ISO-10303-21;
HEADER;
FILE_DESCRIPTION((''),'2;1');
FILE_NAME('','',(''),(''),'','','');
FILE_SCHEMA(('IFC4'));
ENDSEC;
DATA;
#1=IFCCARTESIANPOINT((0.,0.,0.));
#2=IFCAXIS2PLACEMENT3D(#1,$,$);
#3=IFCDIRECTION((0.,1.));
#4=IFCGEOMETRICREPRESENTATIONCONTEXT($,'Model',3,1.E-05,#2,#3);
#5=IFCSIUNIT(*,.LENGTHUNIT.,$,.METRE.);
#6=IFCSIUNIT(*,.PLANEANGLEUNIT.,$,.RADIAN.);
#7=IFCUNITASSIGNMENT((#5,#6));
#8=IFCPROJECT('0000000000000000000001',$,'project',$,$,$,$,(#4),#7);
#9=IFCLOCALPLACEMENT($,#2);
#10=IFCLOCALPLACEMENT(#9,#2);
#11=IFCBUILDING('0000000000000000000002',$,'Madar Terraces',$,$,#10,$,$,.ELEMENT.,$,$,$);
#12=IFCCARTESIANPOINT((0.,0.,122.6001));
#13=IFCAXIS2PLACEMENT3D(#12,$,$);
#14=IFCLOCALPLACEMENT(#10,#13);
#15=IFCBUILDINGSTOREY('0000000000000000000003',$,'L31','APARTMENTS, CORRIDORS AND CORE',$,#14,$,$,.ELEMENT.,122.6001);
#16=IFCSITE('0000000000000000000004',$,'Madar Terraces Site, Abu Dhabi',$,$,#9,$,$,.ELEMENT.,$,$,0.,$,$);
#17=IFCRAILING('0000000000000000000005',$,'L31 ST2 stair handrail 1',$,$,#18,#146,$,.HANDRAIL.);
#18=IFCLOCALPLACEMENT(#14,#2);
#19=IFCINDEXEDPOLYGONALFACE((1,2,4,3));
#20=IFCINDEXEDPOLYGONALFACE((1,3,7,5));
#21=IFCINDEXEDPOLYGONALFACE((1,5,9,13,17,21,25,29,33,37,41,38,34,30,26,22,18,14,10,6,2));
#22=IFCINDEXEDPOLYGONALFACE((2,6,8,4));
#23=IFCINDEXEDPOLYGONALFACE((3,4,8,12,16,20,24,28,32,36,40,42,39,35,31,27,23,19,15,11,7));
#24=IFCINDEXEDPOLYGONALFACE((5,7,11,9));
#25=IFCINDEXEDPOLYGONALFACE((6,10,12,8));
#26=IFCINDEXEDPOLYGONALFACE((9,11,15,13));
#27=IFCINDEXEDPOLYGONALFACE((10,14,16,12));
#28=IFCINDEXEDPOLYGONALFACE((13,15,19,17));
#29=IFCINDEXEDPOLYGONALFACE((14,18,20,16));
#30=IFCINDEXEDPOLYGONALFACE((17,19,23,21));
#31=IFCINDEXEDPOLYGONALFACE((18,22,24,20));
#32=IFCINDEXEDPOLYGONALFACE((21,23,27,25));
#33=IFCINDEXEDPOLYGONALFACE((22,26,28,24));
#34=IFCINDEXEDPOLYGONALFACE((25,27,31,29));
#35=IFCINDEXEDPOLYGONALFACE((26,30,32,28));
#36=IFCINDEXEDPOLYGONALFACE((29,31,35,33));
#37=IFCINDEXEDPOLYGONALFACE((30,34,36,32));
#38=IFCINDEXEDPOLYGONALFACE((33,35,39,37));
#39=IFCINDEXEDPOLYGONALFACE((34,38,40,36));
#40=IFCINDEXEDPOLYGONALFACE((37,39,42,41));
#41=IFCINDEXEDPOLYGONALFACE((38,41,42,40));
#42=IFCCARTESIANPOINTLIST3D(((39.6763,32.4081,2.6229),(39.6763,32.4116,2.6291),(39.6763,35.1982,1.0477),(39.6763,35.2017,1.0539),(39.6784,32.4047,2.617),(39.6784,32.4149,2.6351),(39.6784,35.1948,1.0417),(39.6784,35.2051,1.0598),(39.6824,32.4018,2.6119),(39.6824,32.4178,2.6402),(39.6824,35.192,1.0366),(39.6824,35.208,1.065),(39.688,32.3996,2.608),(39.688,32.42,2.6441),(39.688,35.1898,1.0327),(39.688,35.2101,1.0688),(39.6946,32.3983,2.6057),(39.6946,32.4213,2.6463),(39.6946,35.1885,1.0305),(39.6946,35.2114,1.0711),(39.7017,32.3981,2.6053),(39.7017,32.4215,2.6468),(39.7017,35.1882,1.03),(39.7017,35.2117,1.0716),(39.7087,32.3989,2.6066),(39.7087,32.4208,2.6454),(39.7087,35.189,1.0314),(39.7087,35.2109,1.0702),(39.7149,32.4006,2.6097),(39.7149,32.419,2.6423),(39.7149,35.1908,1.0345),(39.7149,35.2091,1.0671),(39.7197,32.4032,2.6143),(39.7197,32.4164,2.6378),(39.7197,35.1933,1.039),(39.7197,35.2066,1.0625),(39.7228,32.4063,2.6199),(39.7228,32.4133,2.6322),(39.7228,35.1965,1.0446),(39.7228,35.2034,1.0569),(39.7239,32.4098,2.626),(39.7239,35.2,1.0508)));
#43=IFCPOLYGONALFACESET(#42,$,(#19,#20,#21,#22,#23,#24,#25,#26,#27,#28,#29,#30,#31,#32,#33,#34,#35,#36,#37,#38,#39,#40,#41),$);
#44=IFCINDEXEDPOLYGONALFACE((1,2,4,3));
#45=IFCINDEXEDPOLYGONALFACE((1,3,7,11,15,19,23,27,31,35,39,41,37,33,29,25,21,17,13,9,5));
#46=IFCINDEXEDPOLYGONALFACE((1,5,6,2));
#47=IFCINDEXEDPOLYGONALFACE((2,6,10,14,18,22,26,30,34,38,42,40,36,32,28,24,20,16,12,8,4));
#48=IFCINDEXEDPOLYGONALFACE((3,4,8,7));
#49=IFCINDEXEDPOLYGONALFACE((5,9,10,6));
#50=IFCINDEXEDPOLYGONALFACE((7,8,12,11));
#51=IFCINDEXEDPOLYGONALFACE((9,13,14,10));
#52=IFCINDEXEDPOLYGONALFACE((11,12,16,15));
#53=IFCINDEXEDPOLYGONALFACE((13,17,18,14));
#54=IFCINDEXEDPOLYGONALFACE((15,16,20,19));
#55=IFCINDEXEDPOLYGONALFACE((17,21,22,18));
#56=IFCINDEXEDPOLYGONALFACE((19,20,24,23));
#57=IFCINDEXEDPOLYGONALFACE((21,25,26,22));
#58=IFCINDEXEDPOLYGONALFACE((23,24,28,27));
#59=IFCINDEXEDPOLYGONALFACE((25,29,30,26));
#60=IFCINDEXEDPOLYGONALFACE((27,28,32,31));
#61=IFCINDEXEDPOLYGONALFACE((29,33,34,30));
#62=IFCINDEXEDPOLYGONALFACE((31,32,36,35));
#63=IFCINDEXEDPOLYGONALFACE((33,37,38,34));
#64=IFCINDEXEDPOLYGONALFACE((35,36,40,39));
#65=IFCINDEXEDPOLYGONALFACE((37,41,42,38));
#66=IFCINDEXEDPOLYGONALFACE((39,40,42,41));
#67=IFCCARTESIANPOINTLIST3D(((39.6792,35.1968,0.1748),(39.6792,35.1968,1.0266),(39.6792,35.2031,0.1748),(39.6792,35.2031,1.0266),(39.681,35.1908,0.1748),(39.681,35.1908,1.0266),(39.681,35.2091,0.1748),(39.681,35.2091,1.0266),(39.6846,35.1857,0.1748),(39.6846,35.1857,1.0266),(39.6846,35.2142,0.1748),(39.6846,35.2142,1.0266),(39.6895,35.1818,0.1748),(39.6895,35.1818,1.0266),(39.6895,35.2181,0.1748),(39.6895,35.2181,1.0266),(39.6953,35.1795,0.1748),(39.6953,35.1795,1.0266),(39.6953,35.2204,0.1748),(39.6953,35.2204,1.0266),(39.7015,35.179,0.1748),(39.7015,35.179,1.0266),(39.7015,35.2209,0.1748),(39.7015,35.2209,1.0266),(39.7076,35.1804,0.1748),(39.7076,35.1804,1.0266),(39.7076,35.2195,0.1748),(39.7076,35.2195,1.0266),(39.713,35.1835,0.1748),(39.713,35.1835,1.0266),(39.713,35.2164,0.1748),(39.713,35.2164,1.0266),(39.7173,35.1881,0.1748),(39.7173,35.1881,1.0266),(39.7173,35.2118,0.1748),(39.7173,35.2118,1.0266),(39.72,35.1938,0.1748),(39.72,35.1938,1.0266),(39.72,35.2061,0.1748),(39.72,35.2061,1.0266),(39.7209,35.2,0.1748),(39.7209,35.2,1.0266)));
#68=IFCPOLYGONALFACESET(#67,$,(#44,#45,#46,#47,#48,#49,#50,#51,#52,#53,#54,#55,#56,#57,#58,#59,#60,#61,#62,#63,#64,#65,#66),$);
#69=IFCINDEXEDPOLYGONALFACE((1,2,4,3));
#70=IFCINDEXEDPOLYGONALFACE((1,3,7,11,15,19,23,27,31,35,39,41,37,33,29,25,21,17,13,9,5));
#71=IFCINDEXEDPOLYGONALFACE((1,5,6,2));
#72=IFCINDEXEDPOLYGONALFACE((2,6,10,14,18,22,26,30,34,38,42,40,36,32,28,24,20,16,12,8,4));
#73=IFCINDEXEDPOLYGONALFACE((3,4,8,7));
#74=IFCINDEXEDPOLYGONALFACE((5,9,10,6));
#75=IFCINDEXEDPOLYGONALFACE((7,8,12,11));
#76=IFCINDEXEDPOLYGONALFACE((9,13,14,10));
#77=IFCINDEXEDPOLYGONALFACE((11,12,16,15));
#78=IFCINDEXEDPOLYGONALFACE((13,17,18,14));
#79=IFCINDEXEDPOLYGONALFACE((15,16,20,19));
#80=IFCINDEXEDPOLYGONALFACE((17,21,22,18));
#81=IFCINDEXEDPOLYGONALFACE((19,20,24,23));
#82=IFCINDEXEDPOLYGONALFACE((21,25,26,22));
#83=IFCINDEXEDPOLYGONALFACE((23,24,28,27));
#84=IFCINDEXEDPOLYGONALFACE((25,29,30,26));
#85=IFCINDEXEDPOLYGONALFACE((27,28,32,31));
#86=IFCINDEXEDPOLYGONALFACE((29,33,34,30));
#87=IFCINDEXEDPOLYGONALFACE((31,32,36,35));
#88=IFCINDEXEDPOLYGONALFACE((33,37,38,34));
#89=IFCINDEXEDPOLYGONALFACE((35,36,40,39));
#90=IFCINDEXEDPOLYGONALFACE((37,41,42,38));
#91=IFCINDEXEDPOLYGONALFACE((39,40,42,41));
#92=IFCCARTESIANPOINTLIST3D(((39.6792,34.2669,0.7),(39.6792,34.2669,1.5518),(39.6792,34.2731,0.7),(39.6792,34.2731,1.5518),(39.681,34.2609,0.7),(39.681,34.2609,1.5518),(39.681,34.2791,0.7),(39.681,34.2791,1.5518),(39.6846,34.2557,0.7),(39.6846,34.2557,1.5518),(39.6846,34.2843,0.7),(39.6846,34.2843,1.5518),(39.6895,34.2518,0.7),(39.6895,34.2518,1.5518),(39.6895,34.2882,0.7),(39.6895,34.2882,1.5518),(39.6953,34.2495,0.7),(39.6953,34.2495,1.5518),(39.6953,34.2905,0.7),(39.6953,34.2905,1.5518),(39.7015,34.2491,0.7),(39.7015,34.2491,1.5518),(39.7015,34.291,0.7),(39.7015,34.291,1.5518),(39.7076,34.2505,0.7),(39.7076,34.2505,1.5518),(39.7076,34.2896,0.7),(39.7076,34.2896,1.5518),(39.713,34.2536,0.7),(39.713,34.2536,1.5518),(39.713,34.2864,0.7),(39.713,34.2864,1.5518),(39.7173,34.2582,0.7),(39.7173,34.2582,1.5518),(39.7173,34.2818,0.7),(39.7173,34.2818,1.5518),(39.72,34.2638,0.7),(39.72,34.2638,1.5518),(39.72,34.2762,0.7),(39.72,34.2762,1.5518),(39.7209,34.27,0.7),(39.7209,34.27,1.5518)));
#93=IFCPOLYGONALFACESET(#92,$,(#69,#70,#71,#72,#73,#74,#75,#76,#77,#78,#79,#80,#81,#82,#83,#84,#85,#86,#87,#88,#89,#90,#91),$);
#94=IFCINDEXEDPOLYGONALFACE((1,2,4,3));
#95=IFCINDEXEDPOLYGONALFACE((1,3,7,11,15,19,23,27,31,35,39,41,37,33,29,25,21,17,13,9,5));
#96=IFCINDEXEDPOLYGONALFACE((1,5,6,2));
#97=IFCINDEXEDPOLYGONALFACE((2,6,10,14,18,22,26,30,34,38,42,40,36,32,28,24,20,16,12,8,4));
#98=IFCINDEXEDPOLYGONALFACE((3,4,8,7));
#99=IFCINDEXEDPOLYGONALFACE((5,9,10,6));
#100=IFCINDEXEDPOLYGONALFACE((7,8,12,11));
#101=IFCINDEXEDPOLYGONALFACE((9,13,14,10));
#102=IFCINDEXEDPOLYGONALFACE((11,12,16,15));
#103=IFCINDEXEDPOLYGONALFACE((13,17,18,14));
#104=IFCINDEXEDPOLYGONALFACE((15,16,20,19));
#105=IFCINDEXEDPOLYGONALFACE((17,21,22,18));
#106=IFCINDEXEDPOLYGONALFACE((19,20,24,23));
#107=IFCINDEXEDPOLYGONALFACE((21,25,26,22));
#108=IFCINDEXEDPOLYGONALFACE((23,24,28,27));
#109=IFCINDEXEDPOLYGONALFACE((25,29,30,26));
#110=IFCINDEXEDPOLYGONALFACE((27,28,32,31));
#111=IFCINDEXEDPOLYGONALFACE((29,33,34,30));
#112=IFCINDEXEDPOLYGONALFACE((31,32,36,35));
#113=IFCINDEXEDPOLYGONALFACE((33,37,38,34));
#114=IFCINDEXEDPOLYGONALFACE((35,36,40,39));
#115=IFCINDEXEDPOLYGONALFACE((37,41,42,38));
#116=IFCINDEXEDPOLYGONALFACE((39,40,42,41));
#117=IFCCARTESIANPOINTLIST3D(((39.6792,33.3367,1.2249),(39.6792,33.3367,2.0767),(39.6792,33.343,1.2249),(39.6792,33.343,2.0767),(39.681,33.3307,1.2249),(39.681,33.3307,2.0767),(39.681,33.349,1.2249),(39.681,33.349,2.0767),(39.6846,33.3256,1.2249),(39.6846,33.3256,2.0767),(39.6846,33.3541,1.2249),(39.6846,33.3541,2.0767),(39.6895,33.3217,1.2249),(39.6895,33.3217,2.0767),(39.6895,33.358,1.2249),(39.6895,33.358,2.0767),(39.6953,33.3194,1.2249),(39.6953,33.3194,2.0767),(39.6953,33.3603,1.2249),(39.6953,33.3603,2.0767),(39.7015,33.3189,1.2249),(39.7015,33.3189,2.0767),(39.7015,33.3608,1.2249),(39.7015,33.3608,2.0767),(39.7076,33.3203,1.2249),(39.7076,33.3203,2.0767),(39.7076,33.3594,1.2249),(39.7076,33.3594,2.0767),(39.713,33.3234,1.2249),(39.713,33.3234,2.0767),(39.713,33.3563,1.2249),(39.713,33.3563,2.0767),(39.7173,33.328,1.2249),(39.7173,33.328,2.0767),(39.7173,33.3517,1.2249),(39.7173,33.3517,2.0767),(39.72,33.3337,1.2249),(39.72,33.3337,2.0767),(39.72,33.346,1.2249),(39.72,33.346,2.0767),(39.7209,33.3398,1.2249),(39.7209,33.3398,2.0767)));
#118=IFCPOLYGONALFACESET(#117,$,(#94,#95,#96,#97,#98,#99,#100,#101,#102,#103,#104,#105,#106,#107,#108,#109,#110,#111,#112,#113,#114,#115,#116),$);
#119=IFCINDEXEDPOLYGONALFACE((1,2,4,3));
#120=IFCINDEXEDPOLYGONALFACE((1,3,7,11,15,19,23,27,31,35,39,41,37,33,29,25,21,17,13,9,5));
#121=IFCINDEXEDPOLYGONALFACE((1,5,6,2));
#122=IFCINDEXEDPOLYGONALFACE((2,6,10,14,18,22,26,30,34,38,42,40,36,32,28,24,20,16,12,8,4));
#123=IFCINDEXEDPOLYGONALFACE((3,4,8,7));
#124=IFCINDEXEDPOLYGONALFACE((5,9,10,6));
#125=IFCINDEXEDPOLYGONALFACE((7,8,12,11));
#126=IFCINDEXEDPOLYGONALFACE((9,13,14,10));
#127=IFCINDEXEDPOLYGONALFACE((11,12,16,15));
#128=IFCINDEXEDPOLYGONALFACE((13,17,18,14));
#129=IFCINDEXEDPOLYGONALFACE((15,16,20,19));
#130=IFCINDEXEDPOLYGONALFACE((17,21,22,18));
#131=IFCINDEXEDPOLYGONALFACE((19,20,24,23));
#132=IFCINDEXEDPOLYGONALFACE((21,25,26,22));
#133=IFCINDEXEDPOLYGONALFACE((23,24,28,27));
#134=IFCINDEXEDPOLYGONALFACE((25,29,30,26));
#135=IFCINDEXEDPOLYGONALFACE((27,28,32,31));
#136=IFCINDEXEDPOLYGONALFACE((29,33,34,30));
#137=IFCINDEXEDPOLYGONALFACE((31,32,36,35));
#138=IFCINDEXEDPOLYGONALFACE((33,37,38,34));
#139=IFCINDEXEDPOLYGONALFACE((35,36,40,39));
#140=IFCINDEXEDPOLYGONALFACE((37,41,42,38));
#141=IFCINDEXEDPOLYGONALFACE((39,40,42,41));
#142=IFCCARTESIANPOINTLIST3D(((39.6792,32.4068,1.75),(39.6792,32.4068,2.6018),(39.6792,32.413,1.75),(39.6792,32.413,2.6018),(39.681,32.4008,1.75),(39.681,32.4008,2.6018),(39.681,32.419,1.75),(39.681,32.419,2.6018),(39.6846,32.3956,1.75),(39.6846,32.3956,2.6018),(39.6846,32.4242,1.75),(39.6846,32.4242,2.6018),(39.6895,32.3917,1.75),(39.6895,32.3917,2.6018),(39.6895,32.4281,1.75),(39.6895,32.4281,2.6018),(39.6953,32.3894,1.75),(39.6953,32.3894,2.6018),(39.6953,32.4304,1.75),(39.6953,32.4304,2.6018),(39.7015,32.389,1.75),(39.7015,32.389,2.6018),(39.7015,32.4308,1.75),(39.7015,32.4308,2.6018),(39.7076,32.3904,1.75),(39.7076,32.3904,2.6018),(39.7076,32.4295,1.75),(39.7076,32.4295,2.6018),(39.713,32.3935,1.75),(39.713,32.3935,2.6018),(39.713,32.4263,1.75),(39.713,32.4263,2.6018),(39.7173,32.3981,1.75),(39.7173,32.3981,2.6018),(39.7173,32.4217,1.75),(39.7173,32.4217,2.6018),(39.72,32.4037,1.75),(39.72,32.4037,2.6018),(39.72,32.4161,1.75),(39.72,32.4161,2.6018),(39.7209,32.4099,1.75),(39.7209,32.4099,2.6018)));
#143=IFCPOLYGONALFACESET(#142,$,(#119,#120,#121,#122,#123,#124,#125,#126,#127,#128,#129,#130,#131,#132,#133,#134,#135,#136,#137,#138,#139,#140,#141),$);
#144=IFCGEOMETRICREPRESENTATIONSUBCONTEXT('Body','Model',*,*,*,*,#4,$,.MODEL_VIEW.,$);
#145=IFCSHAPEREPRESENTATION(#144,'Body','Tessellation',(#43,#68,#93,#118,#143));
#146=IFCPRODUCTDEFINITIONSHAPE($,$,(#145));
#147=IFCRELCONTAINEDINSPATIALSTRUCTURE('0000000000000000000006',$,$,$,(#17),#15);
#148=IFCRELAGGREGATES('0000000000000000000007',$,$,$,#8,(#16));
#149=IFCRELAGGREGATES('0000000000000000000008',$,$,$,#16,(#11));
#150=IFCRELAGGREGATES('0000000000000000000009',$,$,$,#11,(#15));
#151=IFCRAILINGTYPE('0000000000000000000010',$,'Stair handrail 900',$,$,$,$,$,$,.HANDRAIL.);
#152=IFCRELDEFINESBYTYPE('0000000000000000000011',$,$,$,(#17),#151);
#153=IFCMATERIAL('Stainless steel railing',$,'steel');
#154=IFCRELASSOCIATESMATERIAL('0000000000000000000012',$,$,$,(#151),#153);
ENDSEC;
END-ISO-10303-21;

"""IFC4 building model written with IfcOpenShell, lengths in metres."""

from ifc_helpers import new_model, si_unit, direction, frame, origin, origin_2d, place, context, subcontext, project, spatial, circle, extrude, material, type_object, element, save


model = new_model("IFC4")

# Units and contexts
model_context = context("Model", 3, precision=1e-05, world=origin(), true_north=direction((0.0, 1.0)))
body_context = subcontext(model_context, "Body", "Model", "MODEL_VIEW")
ifc_project = project(units=[si_unit("LENGTHUNIT", "METRE"), si_unit("PLANEANGLEUNIT", "RADIAN")], contexts=[model_context])

# Site, building, storey
site_placement = place(None, origin())
site = spatial("IfcSite", under=ifc_project, at=site_placement, Name="Madar Terraces Site, Abu Dhabi", CompositionType="ELEMENT", RefElevation=0.0)
building_placement = place(site_placement, origin())
building = spatial("IfcBuilding", under=site, at=building_placement, Name="Madar Terraces", CompositionType="ELEMENT")
storey_placement = place(building_placement, frame((0.0, 0.0, 122.6001)))
storey = spatial("IfcBuildingStorey", under=building, at=storey_placement, Name="L31", Description="APARTMENTS, CORRIDORS AND CORE", CompositionType="ELEMENT", Elevation=122.6001)

# Railing
ifc_material_1 = material(Name="Stainless steel railing", Category="steel")
railing_type_1 = type_object("IfcRailingType", Name="Stair handrail 900", PredefinedType="HANDRAIL", material=ifc_material_1)
railing_1_placement = place(storey_placement, frame((39.7, 35.2, 0.1748)))
element("IfcRailing", 1, at=railing_1_placement, inside=storey, type_object=railing_type_1, Name="L31 ST2 stair handrail 1", PredefinedType="HANDRAIL", context=body_context, shape_type="SweptSolid", body=[
    extrude(circle(Radius=0.0239, at=origin_2d()), frame((0.0, 0.0, 0.876), z_axis=(0.0, -0.870801, 0.491635), x_axis=(1.0, 0.0, 0.0)), (0.0, 0.0, 1.0), 3.2041),
    extrude(circle(Radius=0.021, at=origin_2d()), origin(), (0.0, 0.0, 1.0), 0.8518),
    extrude(circle(Radius=0.021, at=origin_2d()), frame((0.0, -0.9299, 0.5251)), (0.0, 0.0, 1.0), 0.8518),
    extrude(circle(Radius=0.021, at=origin_2d()), frame((0.0, -1.8601, 1.05)), (0.0, 0.0, 1.0), 0.8518),
    extrude(circle(Radius=0.021, at=origin_2d()), frame((0.0, -2.79, 1.5752)), (0.0, 0.0, 1.0), 0.8518),
])

save(model, "model.ifc")
